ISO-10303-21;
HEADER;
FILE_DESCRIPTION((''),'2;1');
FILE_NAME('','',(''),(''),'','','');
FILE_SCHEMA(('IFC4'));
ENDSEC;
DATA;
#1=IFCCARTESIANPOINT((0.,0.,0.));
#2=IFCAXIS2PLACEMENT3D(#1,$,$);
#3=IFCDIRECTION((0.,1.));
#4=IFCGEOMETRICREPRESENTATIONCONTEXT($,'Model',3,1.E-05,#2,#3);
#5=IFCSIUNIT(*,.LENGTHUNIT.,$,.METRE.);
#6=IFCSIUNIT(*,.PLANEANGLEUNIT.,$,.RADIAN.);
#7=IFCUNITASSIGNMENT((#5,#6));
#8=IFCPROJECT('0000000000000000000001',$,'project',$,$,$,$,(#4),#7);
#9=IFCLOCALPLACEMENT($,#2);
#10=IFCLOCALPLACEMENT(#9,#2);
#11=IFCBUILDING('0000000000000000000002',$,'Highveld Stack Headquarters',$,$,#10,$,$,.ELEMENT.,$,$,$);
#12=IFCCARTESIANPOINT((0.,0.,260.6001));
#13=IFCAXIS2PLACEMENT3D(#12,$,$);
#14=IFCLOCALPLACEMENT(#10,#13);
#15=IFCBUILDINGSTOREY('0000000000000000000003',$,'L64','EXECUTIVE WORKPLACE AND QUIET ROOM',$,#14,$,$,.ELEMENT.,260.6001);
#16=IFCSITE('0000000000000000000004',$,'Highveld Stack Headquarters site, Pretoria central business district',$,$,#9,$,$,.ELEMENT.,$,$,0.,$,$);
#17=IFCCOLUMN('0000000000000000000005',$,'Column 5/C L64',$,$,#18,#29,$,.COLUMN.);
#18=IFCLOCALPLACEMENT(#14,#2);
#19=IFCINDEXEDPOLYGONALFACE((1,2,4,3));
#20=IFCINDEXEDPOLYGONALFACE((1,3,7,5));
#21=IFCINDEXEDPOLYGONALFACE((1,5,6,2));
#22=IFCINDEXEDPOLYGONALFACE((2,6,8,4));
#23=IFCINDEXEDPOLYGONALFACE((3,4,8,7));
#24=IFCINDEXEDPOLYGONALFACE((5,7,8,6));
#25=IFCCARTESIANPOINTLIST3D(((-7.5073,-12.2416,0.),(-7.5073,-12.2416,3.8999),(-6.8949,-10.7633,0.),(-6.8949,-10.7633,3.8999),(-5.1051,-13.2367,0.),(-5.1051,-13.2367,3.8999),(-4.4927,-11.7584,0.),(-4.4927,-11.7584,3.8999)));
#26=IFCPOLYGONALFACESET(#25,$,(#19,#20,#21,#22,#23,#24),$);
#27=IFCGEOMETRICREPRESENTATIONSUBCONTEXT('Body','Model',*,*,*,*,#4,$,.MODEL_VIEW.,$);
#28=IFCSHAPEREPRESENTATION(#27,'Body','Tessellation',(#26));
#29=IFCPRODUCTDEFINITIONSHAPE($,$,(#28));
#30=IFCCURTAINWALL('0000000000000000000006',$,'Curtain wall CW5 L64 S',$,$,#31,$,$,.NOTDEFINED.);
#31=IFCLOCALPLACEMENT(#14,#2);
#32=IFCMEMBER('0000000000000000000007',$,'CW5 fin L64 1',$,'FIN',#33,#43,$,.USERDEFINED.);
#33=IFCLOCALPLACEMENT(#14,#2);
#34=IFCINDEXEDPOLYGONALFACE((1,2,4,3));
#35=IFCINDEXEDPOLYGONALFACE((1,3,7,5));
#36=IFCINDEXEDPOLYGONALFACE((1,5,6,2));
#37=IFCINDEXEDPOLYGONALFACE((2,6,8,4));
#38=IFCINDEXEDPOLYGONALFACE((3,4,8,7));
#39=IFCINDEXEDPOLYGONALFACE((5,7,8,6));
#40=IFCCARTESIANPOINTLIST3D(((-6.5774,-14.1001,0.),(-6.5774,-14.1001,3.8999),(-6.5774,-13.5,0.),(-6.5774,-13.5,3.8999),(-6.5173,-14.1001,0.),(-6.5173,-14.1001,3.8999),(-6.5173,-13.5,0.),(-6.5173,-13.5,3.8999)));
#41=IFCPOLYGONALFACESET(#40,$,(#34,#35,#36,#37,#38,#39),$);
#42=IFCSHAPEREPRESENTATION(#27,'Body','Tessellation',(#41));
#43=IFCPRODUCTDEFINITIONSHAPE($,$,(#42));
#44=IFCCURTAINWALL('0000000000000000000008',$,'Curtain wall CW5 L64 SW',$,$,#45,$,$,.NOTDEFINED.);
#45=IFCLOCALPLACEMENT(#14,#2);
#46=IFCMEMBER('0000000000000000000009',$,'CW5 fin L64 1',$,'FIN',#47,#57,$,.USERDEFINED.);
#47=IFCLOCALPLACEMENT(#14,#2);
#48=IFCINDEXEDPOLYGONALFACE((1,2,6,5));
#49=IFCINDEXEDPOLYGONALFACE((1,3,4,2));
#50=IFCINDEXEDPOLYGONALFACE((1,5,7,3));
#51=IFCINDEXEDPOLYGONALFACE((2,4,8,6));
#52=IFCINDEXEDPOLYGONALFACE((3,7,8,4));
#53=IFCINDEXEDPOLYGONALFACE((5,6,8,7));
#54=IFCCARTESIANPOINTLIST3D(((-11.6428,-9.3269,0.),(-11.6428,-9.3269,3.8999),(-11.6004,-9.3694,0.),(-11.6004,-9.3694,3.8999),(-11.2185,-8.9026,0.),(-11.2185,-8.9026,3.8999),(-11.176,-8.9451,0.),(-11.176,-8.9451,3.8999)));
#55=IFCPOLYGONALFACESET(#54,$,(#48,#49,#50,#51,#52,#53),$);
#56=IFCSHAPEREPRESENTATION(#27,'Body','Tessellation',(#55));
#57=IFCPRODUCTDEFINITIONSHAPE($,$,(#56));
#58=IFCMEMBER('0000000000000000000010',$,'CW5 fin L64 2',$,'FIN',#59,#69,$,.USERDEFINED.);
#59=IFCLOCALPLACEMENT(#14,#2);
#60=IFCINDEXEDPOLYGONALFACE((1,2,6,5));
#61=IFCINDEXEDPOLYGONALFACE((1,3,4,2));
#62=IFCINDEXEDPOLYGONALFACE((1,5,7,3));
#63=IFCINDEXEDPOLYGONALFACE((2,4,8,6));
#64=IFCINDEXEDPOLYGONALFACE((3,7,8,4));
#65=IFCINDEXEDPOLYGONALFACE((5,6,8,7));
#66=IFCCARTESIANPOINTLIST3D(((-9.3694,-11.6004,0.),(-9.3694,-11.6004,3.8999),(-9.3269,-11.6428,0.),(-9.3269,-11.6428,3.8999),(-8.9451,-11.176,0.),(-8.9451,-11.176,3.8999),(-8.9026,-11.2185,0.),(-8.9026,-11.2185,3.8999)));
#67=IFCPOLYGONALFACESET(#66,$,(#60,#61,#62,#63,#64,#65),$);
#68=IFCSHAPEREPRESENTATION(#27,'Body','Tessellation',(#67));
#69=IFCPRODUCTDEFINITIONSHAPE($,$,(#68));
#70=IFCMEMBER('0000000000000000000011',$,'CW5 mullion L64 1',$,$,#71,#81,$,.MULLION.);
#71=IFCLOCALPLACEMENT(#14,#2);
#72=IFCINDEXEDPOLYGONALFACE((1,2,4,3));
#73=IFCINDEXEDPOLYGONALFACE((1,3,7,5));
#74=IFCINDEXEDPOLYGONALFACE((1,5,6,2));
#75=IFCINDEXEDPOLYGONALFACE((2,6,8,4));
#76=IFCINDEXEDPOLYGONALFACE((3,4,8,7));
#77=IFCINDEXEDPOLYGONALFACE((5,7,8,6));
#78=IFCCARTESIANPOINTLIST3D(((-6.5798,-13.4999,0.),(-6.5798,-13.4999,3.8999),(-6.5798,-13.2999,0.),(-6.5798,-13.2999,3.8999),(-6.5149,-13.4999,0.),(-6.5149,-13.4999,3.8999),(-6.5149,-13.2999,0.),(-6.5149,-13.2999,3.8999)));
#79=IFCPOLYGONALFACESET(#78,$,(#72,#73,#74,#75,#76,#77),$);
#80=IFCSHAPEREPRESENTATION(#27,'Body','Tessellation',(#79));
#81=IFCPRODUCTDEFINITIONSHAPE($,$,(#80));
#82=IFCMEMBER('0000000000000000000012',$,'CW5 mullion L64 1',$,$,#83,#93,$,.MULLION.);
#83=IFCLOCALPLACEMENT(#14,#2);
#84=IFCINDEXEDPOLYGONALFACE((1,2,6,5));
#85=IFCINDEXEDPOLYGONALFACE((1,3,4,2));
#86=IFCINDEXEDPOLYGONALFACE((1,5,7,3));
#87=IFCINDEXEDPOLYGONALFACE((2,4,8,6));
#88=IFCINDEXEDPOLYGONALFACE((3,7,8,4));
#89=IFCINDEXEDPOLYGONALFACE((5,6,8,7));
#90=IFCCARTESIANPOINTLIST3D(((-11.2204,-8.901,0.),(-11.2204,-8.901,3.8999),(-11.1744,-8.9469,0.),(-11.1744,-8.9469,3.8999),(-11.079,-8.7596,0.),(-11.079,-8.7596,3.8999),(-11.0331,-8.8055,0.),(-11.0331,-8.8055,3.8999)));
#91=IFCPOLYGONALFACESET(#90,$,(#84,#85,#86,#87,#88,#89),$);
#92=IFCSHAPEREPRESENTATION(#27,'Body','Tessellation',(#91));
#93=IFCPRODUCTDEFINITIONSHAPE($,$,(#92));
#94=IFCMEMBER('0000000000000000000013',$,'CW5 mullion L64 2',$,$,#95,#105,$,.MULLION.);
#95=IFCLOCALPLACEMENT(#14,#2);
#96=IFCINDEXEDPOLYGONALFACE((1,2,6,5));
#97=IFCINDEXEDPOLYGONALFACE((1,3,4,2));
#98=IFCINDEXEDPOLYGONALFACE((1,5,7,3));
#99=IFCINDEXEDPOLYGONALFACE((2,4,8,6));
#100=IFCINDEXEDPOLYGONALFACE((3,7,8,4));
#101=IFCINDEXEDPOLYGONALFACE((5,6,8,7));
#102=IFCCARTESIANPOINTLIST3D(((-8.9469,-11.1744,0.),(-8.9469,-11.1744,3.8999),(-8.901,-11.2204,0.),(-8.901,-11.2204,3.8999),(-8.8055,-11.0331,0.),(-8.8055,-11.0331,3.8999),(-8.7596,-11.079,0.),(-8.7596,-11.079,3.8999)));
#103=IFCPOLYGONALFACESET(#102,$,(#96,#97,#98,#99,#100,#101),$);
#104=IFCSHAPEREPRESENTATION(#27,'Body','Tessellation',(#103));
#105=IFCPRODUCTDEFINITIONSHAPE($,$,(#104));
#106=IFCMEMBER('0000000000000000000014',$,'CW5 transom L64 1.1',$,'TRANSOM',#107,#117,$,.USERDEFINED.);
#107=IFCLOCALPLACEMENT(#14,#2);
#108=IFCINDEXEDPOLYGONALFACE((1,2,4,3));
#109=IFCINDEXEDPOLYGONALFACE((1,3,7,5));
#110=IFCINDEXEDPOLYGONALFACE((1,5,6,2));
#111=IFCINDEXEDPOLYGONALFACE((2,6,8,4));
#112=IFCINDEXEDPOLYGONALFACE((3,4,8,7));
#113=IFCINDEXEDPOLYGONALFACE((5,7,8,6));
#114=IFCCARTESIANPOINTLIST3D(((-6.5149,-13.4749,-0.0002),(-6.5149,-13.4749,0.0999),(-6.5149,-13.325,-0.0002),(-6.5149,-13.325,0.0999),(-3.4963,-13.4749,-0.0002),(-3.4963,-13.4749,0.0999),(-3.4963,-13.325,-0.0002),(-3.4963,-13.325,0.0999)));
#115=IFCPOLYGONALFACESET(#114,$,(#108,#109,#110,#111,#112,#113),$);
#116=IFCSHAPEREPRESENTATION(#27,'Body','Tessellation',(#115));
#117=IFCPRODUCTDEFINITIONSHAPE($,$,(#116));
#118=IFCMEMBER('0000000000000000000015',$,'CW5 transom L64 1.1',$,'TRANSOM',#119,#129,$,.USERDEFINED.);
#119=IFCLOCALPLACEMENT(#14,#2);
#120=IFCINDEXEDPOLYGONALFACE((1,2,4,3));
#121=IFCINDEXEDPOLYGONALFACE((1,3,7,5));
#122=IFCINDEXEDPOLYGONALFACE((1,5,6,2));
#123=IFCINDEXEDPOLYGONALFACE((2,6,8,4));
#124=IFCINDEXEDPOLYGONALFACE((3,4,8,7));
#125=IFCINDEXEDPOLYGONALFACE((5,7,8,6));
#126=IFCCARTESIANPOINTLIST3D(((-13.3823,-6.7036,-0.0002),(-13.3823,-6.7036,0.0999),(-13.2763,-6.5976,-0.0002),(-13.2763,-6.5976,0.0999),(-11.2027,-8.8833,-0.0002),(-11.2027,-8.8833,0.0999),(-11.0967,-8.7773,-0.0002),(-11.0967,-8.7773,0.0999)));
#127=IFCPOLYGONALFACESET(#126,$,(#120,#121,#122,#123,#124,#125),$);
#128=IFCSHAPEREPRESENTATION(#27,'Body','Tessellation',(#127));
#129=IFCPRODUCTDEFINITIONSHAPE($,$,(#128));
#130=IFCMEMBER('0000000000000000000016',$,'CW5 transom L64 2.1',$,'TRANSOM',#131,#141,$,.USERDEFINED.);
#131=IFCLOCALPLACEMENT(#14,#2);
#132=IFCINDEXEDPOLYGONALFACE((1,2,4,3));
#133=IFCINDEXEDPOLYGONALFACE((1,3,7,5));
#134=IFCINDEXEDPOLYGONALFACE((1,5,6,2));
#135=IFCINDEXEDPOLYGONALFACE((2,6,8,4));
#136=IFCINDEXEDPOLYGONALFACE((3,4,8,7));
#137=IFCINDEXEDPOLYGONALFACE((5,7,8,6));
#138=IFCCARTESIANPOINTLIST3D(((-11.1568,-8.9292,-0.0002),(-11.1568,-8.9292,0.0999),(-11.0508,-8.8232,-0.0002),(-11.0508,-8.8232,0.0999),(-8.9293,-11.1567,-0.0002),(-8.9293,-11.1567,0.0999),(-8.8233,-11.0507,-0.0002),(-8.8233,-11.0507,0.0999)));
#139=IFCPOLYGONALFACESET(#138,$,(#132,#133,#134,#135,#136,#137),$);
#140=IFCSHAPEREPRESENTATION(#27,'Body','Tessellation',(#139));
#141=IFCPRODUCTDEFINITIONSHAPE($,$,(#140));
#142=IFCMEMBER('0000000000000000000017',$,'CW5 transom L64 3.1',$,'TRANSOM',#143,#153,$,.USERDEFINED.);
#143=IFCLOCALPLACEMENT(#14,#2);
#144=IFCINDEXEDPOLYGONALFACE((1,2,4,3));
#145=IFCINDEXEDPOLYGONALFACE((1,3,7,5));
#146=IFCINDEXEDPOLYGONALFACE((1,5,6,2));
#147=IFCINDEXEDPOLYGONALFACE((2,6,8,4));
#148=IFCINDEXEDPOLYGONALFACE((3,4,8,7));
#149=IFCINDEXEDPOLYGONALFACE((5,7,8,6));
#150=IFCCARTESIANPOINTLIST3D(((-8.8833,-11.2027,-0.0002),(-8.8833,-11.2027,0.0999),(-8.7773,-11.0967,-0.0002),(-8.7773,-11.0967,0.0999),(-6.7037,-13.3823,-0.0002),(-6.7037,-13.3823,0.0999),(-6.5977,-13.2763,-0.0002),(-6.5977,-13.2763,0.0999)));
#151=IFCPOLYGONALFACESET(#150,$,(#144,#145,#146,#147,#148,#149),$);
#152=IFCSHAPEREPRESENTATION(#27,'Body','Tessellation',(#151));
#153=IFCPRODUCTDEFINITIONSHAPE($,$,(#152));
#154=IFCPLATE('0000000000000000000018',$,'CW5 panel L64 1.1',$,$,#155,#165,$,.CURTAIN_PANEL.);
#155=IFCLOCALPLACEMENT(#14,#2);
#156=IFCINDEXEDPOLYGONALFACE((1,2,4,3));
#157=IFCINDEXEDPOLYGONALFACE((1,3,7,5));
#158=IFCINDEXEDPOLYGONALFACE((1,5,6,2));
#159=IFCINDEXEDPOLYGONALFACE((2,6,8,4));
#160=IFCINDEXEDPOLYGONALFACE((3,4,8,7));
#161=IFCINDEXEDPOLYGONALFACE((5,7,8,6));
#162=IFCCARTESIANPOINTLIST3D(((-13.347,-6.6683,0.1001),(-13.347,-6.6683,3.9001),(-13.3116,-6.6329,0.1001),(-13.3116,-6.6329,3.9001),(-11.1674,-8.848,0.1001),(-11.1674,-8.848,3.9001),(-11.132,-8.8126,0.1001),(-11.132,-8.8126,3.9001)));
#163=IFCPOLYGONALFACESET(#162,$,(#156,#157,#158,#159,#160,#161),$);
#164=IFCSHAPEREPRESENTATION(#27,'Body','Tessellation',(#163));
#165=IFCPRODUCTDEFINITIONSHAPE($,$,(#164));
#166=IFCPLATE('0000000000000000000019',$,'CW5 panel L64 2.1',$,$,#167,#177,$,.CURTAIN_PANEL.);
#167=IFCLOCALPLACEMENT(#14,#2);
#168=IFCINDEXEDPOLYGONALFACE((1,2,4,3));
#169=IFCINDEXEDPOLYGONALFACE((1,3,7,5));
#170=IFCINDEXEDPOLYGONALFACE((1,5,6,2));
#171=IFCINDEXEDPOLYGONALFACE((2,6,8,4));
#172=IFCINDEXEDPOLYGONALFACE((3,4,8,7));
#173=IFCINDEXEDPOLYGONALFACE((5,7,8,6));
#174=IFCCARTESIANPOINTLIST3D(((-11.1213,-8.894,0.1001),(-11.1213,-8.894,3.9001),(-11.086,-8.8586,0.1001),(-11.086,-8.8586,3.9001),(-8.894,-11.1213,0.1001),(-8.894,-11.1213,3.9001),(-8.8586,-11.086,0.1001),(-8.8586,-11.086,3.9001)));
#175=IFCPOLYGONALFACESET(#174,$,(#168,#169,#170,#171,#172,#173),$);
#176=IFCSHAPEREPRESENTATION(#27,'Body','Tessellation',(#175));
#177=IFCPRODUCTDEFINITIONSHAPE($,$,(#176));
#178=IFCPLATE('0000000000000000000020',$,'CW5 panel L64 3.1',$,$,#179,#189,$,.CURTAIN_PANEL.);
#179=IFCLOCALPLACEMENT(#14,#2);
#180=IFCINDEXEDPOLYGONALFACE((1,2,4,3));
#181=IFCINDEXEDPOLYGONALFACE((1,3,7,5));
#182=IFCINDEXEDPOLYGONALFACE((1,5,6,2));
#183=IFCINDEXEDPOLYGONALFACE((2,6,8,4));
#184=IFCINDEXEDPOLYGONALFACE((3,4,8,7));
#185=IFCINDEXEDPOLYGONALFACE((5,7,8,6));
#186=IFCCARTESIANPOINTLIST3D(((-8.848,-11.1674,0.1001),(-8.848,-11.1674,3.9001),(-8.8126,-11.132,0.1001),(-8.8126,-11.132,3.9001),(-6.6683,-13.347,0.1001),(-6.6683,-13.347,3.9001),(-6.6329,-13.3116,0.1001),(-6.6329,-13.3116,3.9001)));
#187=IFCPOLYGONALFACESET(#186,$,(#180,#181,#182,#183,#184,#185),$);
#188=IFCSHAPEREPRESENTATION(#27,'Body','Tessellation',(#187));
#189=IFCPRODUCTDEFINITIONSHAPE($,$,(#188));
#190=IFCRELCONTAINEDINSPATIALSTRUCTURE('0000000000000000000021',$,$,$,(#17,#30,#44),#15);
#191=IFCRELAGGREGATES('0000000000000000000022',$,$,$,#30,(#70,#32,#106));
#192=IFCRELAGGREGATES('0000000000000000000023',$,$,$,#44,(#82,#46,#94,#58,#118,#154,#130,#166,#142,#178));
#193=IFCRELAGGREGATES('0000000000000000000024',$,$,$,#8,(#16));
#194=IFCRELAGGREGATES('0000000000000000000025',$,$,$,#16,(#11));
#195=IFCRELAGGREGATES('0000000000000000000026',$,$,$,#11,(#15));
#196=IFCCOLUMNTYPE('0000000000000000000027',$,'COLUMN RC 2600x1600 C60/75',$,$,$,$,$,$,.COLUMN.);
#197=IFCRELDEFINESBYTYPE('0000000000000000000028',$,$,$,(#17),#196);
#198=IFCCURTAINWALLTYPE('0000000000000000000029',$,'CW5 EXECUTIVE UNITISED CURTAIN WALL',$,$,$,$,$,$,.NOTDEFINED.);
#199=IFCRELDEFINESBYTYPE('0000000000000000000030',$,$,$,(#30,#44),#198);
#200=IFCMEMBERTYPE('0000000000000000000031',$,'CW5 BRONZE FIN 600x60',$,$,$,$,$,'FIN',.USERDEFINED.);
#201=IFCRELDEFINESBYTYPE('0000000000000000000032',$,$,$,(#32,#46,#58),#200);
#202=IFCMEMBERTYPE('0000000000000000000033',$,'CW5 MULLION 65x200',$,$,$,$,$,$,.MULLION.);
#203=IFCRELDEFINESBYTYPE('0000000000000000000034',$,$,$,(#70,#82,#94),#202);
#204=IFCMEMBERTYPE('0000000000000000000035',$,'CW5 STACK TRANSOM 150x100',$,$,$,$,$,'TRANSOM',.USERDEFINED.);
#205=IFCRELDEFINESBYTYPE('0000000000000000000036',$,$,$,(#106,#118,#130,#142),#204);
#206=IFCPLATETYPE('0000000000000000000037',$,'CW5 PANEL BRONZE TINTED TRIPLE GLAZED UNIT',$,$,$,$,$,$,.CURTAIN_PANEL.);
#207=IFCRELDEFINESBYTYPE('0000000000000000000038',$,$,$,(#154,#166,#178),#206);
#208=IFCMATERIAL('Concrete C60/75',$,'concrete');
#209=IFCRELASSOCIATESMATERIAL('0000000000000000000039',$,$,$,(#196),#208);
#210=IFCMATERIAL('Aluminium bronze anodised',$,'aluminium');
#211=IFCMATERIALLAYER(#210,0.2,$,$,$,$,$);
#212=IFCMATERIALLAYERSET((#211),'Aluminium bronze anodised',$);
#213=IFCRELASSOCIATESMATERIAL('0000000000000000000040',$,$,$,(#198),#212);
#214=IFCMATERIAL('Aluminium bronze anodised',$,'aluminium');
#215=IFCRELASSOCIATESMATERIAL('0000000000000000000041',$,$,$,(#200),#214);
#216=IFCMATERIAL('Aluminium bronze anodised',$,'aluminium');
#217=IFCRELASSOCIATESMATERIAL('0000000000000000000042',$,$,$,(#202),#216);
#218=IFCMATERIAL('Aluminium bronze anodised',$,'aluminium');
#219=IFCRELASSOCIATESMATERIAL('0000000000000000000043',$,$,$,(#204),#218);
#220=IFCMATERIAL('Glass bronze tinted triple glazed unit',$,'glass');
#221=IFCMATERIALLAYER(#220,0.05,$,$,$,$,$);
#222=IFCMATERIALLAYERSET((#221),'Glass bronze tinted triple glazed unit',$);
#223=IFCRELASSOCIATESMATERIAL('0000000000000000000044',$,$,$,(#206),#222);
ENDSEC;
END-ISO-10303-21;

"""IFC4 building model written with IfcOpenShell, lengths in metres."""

from ifc_helpers import new_model, si_unit, direction, frame, origin, origin_2d, place, context, subcontext, project, spatial, rectangle, extrude, material, layer, layer_set, material_profile, profile_set, type_object, element, aggregate, save


model = new_model("IFC4")

# Units and contexts
model_context = context("Model", 3, precision=1e-05, world=origin(), true_north=direction((0.0, 1.0)))
body_context = subcontext(model_context, "Body", "Model", "MODEL_VIEW")
ifc_project = project(units=[si_unit("LENGTHUNIT", "METRE"), si_unit("PLANEANGLEUNIT", "RADIAN")], contexts=[model_context])

# Site, building, storey
site_placement = place(None, origin())
site = spatial("IfcSite", under=ifc_project, at=site_placement, Name="Highveld Stack Headquarters site, Pretoria central business district", CompositionType="ELEMENT", RefElevation=0.0)
building_placement = place(site_placement, origin())
building = spatial("IfcBuilding", under=site, at=building_placement, Name="Highveld Stack Headquarters", CompositionType="ELEMENT")
storey_placement = place(building_placement, frame((0.0, 0.0, 260.6001)))
storey = spatial("IfcBuildingStorey", under=building, at=storey_placement, Name="L64", Description="EXECUTIVE WORKPLACE AND QUIET ROOM", CompositionType="ELEMENT", Elevation=260.6001)

# Column
ifc_material_1 = material(Name="Concrete C60/75", Category="concrete")
ifc_material_profile_1 = material_profile(ifc_material_1, rectangle(XDim=2.6001, YDim=1.6001, at=origin_2d()), Name="RC 2600x1600")
ifc_profile_set_1 = profile_set([ifc_material_profile_1], Name="Concrete C60/75")
column_type = type_object("IfcColumnType", Name="COLUMN RC 2600x1600 C60/75", PredefinedType="COLUMN", material=ifc_profile_set_1)
column_placement = place(storey_placement, frame((-6.0, -12.0, 0.0), z_axis=(0.0, 0.0, 1.0), x_axis=(-0.92388, 0.382683, 0.0)))
element("IfcColumn", 1, at=column_placement, inside=storey, type_object=column_type, Name="Column 5/C L64", PredefinedType="COLUMN", context=body_context, shape_type="SweptSolid", body=[
    extrude(rectangle(XDim=2.6001, YDim=1.6001, at=origin_2d()), origin(), (0.0, 0.0, 1.0), 3.8999),
])

# Curtain wall, member
ifc_material_2 = material(Name="Aluminium bronze anodised", Category="aluminium")
ifc_layer_1 = layer(ifc_material_2, 0.2)
ifc_layer_set_1 = layer_set([ifc_layer_1], Name="Aluminium bronze anodised")
curtain_wall_type = type_object("IfcCurtainWallType", Name="CW5 EXECUTIVE UNITISED CURTAIN WALL", PredefinedType="NOTDEFINED", material=ifc_layer_set_1)
curtain_wall_1_placement = place(storey_placement, origin())
curtain_wall_1 = element("IfcCurtainWall", 2, at=curtain_wall_1_placement, inside=storey, type_object=curtain_wall_type, Name="Curtain wall CW5 L64 S", PredefinedType="NOTDEFINED")
ifc_material_3 = material(Name="Aluminium bronze anodised", Category="aluminium")
ifc_material_profile_2 = material_profile(ifc_material_3, rectangle(XDim=0.6001, YDim=0.0601, at=origin_2d()), Name="FIN 600x60")
ifc_profile_set_2 = profile_set([ifc_material_profile_2], Name="Aluminium bronze anodised")
member_type_1 = type_object("IfcMemberType", Name="CW5 BRONZE FIN 600x60", ElementType="FIN", PredefinedType="USERDEFINED", material=ifc_profile_set_2)
member_1_placement = place(storey_placement, frame((-6.5474, -13.8, 0.0), z_axis=(0.0, 0.0, 1.0), x_axis=(0.0, 1.0, 0.0)))
member_1 = element("IfcMember", 3, at=member_1_placement, type_object=member_type_1, Name="CW5 fin L64 1", ObjectType="FIN", PredefinedType="USERDEFINED", context=body_context, shape_type="SweptSolid", body=[
    extrude(rectangle(XDim=0.6001, YDim=0.0601, at=origin_2d()), origin(), (0.0, 0.0, 1.0), 3.8999),
])

# Curtain wall, members
curtain_wall_2_placement = place(storey_placement, origin())
curtain_wall_2 = element("IfcCurtainWall", 4, at=curtain_wall_2_placement, inside=storey, type_object=curtain_wall_type, Name="Curtain wall CW5 L64 SW", PredefinedType="NOTDEFINED")
member_2_placement = place(storey_placement, frame((-11.4094, -9.136, 0.0), z_axis=(0.0, 0.0, 1.0), x_axis=(0.707107, 0.707107, 0.0)))
member_2 = element("IfcMember", 5, at=member_2_placement, type_object=member_type_1, Name="CW5 fin L64 1", ObjectType="FIN", PredefinedType="USERDEFINED", context=body_context, shape_type="SweptSolid", body=[
    extrude(rectangle(XDim=0.6001, YDim=0.0601, at=origin_2d()), origin(), (0.0, 0.0, 1.0), 3.8999),
])
member_3_placement = place(storey_placement, frame((-9.136, -11.4094, 0.0), z_axis=(0.0, 0.0, 1.0), x_axis=(0.707107, 0.707107, 0.0)))
member_3 = element("IfcMember", 6, at=member_3_placement, type_object=member_type_1, Name="CW5 fin L64 2", ObjectType="FIN", PredefinedType="USERDEFINED", context=body_context, shape_type="SweptSolid", body=[
    extrude(rectangle(XDim=0.6001, YDim=0.0601, at=origin_2d()), origin(), (0.0, 0.0, 1.0), 3.8999),
])

# Members
ifc_material_4 = material(Name="Aluminium bronze anodised", Category="aluminium")
ifc_material_profile_3 = material_profile(ifc_material_4, rectangle(XDim=0.2, YDim=0.0649, at=origin_2d()), Name="CW5 MULLION 65x200")
ifc_profile_set_3 = profile_set([ifc_material_profile_3], Name="Aluminium bronze anodised")
member_type_2 = type_object("IfcMemberType", Name="CW5 MULLION 65x200", PredefinedType="MULLION", material=ifc_profile_set_3)
member_4_placement = place(storey_placement, frame((-6.5474, -13.3999, 0.0), z_axis=(0.0, 0.0, 1.0), x_axis=(0.0, 1.0, 0.0)))
member_4 = element("IfcMember", 7, at=member_4_placement, type_object=member_type_2, Name="CW5 mullion L64 1", PredefinedType="MULLION", context=body_context, shape_type="SweptSolid", body=[
    extrude(rectangle(XDim=0.2, YDim=0.0649, at=origin_2d()), origin(), (0.0, 0.0, 1.0), 3.8999),
])
member_5_placement = place(storey_placement, frame((-11.1267, -8.8533, 0.0), z_axis=(0.0, 0.0, 1.0), x_axis=(0.707107, 0.707107, 0.0)))
member_5 = element("IfcMember", 8, at=member_5_placement, type_object=member_type_2, Name="CW5 mullion L64 1", PredefinedType="MULLION", context=body_context, shape_type="SweptSolid", body=[
    extrude(rectangle(XDim=0.2, YDim=0.0649, at=origin_2d()), origin(), (0.0, 0.0, 1.0), 3.8999),
])
member_6_placement = place(storey_placement, frame((-8.8533, -11.1267, 0.0), z_axis=(0.0, 0.0, 1.0), x_axis=(0.707107, 0.707107, 0.0)))
member_6 = element("IfcMember", 9, at=member_6_placement, type_object=member_type_2, Name="CW5 mullion L64 2", PredefinedType="MULLION", context=body_context, shape_type="SweptSolid", body=[
    extrude(rectangle(XDim=0.2, YDim=0.0649, at=origin_2d()), origin(), (0.0, 0.0, 1.0), 3.8999),
])
ifc_material_5 = material(Name="Aluminium bronze anodised", Category="aluminium")
ifc_material_profile_4 = material_profile(ifc_material_5, rectangle(XDim=0.1499, YDim=0.1001, at=origin_2d()), Name="CW5 TRANSOM 150x100")
ifc_profile_set_4 = profile_set([ifc_material_profile_4], Name="Aluminium bronze anodised")
member_type_3 = type_object("IfcMemberType", Name="CW5 STACK TRANSOM 150x100", ElementType="TRANSOM", PredefinedType="USERDEFINED", material=ifc_profile_set_4)
member_7_placement = place(storey_placement, frame((-6.5149, -13.3999, 0.0498), z_axis=(1.0, 0.0, 0.0), x_axis=(0.0, 1.0, 0.0)))
member_7 = element("IfcMember", 10, at=member_7_placement, type_object=member_type_3, Name="CW5 transom L64 1.1", ObjectType="TRANSOM", PredefinedType="USERDEFINED", context=body_context, shape_type="SweptSolid", body=[
    extrude(rectangle(XDim=0.1499, YDim=0.1001, at=origin_2d()), origin(), (0.0, 0.0, 1.0), 3.0186),
])
aggregate(curtain_wall_1, [member_4, member_1, member_7])
member_8_placement = place(storey_placement, frame((-13.3293, -6.6506, 0.0498), z_axis=(0.707107, -0.707107, 0.0), x_axis=(0.707107, 0.707107, 0.0)))
member_8 = element("IfcMember", 11, at=member_8_placement, type_object=member_type_3, Name="CW5 transom L64 1.1", ObjectType="TRANSOM", PredefinedType="USERDEFINED", context=body_context, shape_type="SweptSolid", body=[
    extrude(rectangle(XDim=0.1499, YDim=0.1001, at=origin_2d()), origin(), (0.0, 0.0, 1.0), 3.0825),
])
member_9_placement = place(storey_placement, frame((-11.1038, -8.8762, 0.0498), z_axis=(0.707107, -0.707107, 0.0), x_axis=(0.707107, 0.707107, 0.0)))
member_9 = element("IfcMember", 12, at=member_9_placement, type_object=member_type_3, Name="CW5 transom L64 2.1", ObjectType="TRANSOM", PredefinedType="USERDEFINED", context=body_context, shape_type="SweptSolid", body=[
    extrude(rectangle(XDim=0.1499, YDim=0.1001, at=origin_2d()), origin(), (0.0, 0.0, 1.0), 3.1501),
])
member_10_placement = place(storey_placement, frame((-8.8303, -11.1497, 0.0498), z_axis=(0.707107, -0.707107, 0.0), x_axis=(0.707107, 0.707107, 0.0)))
member_10 = element("IfcMember", 13, at=member_10_placement, type_object=member_type_3, Name="CW5 transom L64 3.1", ObjectType="TRANSOM", PredefinedType="USERDEFINED", context=body_context, shape_type="SweptSolid", body=[
    extrude(rectangle(XDim=0.1499, YDim=0.1001, at=origin_2d()), origin(), (0.0, 0.0, 1.0), 3.0825),
])

# Plates
ifc_material_6 = material(Name="Glass bronze tinted triple glazed unit", Category="glass")
ifc_layer_2 = layer(ifc_material_6, 0.05)
ifc_layer_set_2 = layer_set([ifc_layer_2], Name="Glass bronze tinted triple glazed unit")
plate_type = type_object("IfcPlateType", Name="CW5 PANEL BRONZE TINTED TRIPLE GLAZED UNIT", PredefinedType="CURTAIN_PANEL", material=ifc_layer_set_2)
plate_1_placement = place(storey_placement, frame((-12.2395, -7.7405, 0.1001), z_axis=(0.0, 0.0, 1.0), x_axis=(0.707107, -0.707107, 0.0)))
plate_1 = element("IfcPlate", 14, at=plate_1_placement, type_object=plate_type, Name="CW5 panel L64 1.1", PredefinedType="CURTAIN_PANEL", context=body_context, shape_type="SweptSolid", body=[
    extrude(rectangle(XDim=3.0825, YDim=0.05, at=origin_2d()), origin(), (0.0, 0.0, 1.0), 3.8),
])
plate_2_placement = place(storey_placement, frame((-9.99, -9.99, 0.1001), z_axis=(0.0, 0.0, 1.0), x_axis=(0.707107, -0.707107, 0.0)))
plate_2 = element("IfcPlate", 15, at=plate_2_placement, type_object=plate_type, Name="CW5 panel L64 2.1", PredefinedType="CURTAIN_PANEL", context=body_context, shape_type="SweptSolid", body=[
    extrude(rectangle(XDim=3.1499, YDim=0.05, at=origin_2d()), origin(), (0.0, 0.0, 1.0), 3.8),
])
plate_3_placement = place(storey_placement, frame((-7.7405, -12.2395, 0.1001), z_axis=(0.0, 0.0, 1.0), x_axis=(0.707107, -0.707107, 0.0)))
plate_3 = element("IfcPlate", 16, at=plate_3_placement, type_object=plate_type, Name="CW5 panel L64 3.1", PredefinedType="CURTAIN_PANEL", context=body_context, shape_type="SweptSolid", body=[
    extrude(rectangle(XDim=3.0825, YDim=0.05, at=origin_2d()), origin(), (0.0, 0.0, 1.0), 3.8),
])
aggregate(curtain_wall_2, [member_5, member_2, member_6, member_3, member_8, plate_1, member_9, plate_2, member_10, plate_3])

save(model, "model.ifc")
